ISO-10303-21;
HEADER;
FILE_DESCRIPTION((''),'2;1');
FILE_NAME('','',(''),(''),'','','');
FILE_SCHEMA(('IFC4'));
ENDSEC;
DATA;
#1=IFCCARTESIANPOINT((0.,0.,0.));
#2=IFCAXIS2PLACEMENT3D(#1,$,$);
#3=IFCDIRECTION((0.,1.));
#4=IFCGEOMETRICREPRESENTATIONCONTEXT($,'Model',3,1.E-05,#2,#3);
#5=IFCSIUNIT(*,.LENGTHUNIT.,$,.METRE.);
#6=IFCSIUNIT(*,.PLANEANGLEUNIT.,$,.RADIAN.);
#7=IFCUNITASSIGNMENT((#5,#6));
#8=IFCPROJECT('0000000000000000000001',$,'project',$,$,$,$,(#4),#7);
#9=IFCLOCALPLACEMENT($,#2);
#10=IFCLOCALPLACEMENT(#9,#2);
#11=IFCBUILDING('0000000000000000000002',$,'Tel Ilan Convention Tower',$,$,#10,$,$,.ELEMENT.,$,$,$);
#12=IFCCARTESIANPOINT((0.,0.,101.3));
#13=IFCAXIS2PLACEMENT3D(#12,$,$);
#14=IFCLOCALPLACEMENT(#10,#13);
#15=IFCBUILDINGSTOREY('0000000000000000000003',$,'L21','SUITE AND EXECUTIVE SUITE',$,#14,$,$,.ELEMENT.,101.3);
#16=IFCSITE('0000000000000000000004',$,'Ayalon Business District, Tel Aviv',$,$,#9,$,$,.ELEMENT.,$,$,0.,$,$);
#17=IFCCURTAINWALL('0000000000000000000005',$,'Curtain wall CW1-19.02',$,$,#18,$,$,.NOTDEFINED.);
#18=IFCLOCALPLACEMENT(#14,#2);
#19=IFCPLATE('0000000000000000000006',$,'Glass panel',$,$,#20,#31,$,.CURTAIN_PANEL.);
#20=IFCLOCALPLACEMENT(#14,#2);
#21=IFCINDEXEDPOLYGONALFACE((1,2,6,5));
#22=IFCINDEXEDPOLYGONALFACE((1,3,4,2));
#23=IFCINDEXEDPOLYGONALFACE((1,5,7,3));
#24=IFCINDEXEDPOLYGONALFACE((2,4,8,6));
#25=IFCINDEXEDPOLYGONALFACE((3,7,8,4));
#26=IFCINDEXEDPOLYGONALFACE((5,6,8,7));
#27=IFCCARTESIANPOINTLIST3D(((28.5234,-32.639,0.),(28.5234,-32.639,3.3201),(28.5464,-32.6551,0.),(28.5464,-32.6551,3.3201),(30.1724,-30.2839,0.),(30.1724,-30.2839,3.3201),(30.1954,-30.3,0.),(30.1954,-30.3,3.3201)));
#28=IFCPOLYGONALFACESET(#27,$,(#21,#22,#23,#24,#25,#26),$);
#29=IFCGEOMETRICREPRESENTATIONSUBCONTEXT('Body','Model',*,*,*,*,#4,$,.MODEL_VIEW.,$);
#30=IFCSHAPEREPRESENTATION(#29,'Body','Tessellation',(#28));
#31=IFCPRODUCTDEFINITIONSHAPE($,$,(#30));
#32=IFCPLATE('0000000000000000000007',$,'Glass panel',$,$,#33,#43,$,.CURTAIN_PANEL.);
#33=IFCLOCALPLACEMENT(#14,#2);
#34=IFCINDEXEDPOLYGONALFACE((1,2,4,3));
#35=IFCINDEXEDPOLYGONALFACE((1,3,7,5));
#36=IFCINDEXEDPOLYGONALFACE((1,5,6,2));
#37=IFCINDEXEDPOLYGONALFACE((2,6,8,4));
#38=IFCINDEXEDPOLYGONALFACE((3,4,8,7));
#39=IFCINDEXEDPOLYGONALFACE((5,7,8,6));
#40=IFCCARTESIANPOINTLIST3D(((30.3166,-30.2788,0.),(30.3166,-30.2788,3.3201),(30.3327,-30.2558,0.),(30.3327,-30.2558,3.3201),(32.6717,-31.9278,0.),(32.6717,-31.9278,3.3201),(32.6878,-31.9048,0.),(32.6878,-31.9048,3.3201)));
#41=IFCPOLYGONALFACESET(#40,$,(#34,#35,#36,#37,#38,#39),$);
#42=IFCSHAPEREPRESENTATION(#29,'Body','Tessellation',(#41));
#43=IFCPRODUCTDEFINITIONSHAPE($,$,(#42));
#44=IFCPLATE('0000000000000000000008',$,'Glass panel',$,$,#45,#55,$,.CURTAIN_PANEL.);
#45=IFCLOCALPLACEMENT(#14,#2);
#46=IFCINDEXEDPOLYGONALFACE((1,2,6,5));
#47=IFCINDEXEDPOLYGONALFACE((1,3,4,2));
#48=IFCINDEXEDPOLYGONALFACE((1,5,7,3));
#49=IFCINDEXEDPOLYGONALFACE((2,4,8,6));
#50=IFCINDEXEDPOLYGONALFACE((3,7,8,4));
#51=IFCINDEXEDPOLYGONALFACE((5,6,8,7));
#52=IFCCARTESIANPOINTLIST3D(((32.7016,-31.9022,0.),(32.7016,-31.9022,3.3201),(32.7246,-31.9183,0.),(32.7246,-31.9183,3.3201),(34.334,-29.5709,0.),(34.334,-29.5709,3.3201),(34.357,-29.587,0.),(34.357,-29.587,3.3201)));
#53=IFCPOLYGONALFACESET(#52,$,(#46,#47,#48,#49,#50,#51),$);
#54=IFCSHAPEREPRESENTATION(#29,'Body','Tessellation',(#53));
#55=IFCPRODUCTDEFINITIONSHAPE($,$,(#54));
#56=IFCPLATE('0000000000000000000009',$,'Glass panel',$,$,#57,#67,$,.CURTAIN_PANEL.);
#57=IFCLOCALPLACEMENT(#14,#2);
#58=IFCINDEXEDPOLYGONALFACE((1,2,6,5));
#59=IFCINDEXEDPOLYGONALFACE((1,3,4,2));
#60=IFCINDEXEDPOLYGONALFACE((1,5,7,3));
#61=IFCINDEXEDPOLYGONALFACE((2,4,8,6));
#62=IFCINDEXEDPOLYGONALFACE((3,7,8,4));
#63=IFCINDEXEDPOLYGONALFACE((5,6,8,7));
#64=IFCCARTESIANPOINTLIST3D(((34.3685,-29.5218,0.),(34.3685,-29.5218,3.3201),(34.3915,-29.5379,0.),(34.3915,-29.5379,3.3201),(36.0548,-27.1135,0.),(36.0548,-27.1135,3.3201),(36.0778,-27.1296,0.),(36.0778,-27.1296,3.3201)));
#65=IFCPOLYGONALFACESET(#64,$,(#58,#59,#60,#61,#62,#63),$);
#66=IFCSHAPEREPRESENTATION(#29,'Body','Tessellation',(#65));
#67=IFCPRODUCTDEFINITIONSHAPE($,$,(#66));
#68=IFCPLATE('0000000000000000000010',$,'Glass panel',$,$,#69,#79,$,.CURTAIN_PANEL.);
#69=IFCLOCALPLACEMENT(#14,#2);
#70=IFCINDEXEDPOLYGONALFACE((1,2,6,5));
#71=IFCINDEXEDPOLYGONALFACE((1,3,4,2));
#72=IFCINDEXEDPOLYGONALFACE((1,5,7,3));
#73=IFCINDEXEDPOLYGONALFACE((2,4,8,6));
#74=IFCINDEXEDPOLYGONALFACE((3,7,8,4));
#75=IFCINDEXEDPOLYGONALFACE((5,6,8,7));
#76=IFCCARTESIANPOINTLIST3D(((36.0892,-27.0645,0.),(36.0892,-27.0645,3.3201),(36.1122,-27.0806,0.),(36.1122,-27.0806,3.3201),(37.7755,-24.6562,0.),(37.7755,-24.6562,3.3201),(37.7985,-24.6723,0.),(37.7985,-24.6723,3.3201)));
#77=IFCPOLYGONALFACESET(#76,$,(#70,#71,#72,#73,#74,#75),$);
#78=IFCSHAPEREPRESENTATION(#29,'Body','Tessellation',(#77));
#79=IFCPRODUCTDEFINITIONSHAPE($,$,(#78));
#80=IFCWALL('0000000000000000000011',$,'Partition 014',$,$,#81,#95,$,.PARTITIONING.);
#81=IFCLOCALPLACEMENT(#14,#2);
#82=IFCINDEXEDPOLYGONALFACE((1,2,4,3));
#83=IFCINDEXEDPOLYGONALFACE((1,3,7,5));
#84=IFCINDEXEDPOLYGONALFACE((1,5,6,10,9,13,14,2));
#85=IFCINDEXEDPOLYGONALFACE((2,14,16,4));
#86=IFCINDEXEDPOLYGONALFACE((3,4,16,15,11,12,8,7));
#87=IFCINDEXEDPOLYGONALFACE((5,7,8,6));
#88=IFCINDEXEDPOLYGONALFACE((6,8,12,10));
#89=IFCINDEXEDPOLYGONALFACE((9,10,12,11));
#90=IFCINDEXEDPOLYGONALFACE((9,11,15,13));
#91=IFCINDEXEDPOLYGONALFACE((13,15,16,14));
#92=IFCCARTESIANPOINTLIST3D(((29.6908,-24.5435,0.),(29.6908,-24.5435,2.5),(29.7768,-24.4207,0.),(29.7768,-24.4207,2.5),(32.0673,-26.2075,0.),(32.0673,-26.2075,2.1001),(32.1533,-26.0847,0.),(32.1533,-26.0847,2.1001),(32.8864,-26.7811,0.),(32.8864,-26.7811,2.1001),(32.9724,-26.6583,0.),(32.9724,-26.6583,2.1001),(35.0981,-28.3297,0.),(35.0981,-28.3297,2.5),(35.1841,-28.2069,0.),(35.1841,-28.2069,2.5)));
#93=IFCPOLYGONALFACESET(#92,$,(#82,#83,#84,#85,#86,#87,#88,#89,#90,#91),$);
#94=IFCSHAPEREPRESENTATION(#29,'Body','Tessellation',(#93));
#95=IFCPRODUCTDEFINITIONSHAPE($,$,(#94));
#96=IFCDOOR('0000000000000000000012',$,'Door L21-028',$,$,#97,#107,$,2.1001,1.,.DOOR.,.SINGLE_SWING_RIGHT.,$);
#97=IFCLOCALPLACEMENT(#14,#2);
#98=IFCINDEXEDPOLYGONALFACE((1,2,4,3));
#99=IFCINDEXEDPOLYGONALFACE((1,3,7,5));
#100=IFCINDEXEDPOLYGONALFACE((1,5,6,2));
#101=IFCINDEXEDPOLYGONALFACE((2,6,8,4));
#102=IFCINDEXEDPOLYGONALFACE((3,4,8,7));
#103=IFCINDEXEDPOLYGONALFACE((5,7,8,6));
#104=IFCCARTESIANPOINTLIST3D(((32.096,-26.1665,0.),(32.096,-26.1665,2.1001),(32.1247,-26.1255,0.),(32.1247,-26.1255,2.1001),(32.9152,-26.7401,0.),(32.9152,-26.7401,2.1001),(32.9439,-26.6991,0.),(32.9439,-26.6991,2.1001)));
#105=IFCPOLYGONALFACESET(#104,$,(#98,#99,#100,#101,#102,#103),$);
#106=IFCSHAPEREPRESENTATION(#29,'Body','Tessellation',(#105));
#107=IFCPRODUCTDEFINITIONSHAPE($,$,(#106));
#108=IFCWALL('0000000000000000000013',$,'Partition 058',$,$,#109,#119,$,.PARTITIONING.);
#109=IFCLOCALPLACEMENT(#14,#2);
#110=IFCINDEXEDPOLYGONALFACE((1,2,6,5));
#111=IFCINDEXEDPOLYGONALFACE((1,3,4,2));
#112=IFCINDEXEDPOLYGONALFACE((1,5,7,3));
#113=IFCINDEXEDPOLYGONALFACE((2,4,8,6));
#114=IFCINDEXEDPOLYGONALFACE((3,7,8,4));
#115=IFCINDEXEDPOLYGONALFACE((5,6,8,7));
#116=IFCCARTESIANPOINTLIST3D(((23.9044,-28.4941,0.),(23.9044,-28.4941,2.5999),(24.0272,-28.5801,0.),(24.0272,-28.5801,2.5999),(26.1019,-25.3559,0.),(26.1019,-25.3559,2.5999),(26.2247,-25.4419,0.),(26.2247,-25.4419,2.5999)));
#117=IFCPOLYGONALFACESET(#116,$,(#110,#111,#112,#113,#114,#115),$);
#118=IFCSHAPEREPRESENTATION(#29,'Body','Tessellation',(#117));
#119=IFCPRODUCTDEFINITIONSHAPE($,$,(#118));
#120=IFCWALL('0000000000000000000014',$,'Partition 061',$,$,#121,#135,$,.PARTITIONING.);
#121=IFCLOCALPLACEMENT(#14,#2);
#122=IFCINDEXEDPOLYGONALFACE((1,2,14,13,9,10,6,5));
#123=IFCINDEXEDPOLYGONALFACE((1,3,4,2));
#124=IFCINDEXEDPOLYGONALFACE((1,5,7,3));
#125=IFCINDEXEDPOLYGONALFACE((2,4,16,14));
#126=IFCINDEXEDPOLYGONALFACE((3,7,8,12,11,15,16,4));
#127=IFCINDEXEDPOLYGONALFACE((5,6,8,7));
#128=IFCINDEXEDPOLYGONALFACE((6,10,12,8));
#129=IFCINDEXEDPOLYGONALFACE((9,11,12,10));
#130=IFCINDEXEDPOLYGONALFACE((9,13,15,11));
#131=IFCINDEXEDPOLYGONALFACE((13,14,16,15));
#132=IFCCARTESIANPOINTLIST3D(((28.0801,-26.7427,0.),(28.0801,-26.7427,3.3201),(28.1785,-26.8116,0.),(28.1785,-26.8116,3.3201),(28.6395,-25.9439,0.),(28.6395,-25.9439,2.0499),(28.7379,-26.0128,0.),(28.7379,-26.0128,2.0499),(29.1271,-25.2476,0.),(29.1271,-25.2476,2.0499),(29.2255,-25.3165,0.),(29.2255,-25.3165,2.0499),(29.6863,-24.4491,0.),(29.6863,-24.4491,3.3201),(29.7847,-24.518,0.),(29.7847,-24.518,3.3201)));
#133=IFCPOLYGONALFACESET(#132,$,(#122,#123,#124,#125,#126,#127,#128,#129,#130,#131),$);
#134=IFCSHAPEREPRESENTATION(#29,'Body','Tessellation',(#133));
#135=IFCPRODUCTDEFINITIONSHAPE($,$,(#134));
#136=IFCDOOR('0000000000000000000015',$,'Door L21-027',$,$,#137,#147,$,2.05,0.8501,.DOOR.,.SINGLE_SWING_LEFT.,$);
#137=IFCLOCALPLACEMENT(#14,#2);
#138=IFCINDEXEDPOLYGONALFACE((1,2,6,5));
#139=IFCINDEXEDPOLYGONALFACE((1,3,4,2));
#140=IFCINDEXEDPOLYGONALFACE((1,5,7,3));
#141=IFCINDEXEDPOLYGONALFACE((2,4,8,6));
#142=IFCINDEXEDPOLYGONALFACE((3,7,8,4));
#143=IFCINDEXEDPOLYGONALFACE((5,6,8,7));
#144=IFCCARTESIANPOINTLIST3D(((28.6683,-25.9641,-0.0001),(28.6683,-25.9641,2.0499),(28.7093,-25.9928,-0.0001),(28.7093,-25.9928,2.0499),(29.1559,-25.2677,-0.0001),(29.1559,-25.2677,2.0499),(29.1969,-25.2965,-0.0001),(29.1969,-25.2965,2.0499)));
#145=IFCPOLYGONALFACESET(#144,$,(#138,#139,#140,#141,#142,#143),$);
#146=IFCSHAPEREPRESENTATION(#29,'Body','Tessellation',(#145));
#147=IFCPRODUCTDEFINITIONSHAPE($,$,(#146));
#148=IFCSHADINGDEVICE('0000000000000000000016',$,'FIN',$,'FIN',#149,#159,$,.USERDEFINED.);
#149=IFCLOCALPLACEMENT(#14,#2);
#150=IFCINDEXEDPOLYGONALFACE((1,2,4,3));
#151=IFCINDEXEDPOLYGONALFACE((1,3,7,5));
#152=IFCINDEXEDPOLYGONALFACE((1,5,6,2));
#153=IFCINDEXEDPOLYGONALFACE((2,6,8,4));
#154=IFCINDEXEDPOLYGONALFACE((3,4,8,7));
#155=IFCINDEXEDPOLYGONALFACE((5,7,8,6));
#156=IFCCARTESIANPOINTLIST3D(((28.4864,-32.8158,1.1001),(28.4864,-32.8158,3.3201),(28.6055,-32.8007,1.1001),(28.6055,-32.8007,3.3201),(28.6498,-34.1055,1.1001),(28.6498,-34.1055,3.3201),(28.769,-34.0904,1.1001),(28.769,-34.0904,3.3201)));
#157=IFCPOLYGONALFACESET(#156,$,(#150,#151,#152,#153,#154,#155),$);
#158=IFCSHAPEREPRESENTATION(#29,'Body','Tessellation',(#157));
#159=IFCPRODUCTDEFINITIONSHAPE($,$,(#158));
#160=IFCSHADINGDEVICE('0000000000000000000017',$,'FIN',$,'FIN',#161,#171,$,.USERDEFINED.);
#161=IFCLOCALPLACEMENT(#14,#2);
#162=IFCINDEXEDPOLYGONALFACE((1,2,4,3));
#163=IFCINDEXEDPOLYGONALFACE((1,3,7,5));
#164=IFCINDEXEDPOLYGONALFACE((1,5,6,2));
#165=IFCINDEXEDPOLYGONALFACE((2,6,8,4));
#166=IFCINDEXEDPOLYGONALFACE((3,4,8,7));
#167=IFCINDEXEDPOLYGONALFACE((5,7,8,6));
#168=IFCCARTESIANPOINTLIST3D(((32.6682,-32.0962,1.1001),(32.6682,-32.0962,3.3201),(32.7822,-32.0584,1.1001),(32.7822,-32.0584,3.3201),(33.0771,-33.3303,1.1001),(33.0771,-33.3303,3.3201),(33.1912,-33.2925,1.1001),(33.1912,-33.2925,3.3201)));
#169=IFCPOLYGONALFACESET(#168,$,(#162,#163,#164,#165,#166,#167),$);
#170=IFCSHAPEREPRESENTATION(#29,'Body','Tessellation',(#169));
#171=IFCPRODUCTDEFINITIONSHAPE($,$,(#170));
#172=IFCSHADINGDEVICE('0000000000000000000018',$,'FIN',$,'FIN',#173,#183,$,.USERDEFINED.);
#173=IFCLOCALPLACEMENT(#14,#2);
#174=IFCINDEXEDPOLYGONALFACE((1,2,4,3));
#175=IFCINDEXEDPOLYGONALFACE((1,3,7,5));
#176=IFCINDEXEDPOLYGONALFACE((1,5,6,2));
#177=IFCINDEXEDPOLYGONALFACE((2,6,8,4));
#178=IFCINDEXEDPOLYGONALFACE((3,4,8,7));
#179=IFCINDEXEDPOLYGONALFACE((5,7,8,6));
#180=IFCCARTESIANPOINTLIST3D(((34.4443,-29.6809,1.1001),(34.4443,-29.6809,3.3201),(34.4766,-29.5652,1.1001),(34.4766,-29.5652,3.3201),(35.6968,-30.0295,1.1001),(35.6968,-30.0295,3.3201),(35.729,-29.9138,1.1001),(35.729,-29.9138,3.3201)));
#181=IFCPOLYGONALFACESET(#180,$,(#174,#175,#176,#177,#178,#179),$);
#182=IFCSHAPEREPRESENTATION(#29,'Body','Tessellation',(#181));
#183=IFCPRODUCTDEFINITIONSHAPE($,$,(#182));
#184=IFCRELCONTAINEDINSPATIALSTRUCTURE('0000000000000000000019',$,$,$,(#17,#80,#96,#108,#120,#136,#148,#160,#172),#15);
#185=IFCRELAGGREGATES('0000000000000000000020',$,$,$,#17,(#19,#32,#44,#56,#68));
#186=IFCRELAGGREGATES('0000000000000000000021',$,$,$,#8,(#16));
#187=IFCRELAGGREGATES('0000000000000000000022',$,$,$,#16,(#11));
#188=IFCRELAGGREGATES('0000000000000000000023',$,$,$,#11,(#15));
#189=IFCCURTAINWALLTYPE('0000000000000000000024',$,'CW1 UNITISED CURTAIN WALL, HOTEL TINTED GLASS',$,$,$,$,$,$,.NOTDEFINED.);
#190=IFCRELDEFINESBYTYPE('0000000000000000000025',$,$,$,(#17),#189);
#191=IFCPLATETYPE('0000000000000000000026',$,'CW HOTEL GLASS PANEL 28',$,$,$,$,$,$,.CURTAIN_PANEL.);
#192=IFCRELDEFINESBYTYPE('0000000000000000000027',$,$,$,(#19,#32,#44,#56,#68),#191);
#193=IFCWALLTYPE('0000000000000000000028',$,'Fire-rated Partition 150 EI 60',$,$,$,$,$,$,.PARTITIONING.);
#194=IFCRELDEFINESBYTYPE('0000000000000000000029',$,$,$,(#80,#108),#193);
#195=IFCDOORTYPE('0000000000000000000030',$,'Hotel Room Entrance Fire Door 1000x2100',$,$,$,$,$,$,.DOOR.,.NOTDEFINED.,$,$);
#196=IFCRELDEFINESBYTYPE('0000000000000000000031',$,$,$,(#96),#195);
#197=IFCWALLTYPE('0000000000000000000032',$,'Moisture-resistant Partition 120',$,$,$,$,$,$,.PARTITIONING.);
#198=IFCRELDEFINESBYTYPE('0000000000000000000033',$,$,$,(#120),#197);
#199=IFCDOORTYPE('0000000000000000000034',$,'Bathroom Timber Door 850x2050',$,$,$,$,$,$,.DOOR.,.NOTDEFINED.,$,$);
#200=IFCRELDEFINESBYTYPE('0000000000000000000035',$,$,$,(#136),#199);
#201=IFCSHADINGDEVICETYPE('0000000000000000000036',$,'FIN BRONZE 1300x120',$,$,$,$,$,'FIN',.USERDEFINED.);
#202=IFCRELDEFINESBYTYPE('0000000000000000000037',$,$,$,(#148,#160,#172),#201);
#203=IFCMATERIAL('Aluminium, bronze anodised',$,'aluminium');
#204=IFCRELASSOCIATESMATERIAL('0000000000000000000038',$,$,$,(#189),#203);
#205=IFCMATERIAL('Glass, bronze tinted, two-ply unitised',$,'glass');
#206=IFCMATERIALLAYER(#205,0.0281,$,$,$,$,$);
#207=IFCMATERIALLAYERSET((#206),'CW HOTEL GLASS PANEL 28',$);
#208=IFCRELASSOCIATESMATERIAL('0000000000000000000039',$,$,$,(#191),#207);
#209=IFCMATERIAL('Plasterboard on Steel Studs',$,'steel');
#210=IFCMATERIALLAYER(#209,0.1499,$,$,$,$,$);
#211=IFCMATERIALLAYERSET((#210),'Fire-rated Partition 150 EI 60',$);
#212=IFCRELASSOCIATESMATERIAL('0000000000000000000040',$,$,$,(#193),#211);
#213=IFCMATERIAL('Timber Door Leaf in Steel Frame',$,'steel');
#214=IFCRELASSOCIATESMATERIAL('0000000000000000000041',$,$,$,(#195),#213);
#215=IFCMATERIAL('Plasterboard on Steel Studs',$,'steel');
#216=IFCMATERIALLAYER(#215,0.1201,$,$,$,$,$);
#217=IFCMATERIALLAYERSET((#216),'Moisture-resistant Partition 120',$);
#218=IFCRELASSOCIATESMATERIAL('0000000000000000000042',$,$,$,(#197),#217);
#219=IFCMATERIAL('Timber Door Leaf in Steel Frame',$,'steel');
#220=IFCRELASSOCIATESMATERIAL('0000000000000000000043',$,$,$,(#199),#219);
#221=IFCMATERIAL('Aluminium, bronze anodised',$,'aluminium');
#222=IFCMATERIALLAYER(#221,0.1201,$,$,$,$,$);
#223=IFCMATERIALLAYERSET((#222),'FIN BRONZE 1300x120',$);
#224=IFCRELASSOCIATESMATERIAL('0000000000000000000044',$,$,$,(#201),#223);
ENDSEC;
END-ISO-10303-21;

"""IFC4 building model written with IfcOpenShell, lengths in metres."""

from ifc_helpers import new_model, si_unit, direction, frame, frame_2d, origin, origin_2d, place, context, subcontext, project, spatial, rectangle, extrude, material, layer, layer_set, type_object, element, fill, aggregate, save


model = new_model("IFC4")

# Units and contexts
model_context = context("Model", 3, precision=1e-05, world=origin(), true_north=direction((0.0, 1.0)))
body_context = subcontext(model_context, "Body", "Model", "MODEL_VIEW")
ifc_project = project(units=[si_unit("LENGTHUNIT", "METRE"), si_unit("PLANEANGLEUNIT", "RADIAN")], contexts=[model_context])

# Site, building, storey
site_placement = place(None, origin())
site = spatial("IfcSite", under=ifc_project, at=site_placement, Name="Ayalon Business District, Tel Aviv", CompositionType="ELEMENT", RefElevation=0.0)
building_placement = place(site_placement, origin())
building = spatial("IfcBuilding", under=site, at=building_placement, Name="Tel Ilan Convention Tower", CompositionType="ELEMENT")
storey_placement = place(building_placement, frame((0.0, 0.0, 101.3)))
storey = spatial("IfcBuildingStorey", under=building, at=storey_placement, Name="L21", Description="SUITE AND EXECUTIVE SUITE", CompositionType="ELEMENT", Elevation=101.3)

# Curtain wall, plates
ifc_material_1 = material(Name="Aluminium, bronze anodised", Category="aluminium")
curtain_wall_type = type_object("IfcCurtainWallType", Name="CW1 UNITISED CURTAIN WALL, HOTEL TINTED GLASS", PredefinedType="NOTDEFINED", material=ifc_material_1)
curtain_wall_placement = place(storey_placement, origin())
curtain_wall = element("IfcCurtainWall", 1, at=curtain_wall_placement, inside=storey, type_object=curtain_wall_type, Name="Curtain wall CW1-19.02", PredefinedType="NOTDEFINED")
ifc_material_2 = material(Name="Glass, bronze tinted, two-ply unitised", Category="glass")
ifc_layer_1 = layer(ifc_material_2, 0.0281)
ifc_layer_set_1 = layer_set([ifc_layer_1], Name="CW HOTEL GLASS PANEL 28")
plate_type = type_object("IfcPlateType", Name="CW HOTEL GLASS PANEL 28", PredefinedType="CURTAIN_PANEL", material=ifc_layer_set_1)
plate_1_placement = place(storey_placement, frame((29.3594, -31.4695, 0.0), z_axis=(0.0, 0.0, 1.0), x_axis=(0.573576, 0.819152, 0.0)))
plate_1 = element("IfcPlate", 2, at=plate_1_placement, type_object=plate_type, Name="Glass panel", PredefinedType="CURTAIN_PANEL", context=body_context, shape_type="SweptSolid", body=[
    extrude(rectangle(XDim=2.875, YDim=0.0281, at=origin_2d()), origin(), (0.0, 0.0, 1.0), 3.3201),
])
plate_2_placement = place(storey_placement, frame((31.5022, -31.0918, 0.0), z_axis=(0.0, 0.0, 1.0), x_axis=(0.819152, -0.573576, 0.0)))
plate_2 = element("IfcPlate", 3, at=plate_2_placement, type_object=plate_type, Name="Glass panel", PredefinedType="CURTAIN_PANEL", context=body_context, shape_type="SweptSolid", body=[
    extrude(rectangle(XDim=2.875, YDim=0.0281, at=origin_2d()), origin(), (0.0, 0.0, 1.0), 3.3201),
])
plate_3_placement = place(storey_placement, frame((33.5293, -30.7446, 0.0), z_axis=(0.0, 0.0, 1.0), x_axis=(0.573576, 0.819152, 0.0)))
plate_3 = element("IfcPlate", 4, at=plate_3_placement, type_object=plate_type, Name="Glass panel", PredefinedType="CURTAIN_PANEL", context=body_context, shape_type="SweptSolid", body=[
    extrude(rectangle(XDim=2.8459, YDim=0.0281, at=origin_2d()), origin(), (0.0, 0.0, 1.0), 3.3201),
])
plate_4_placement = place(storey_placement, frame((35.2231, -28.3257, 0.0), z_axis=(0.0, 0.0, 1.0), x_axis=(0.573576, 0.819152, 0.0)))
plate_4 = element("IfcPlate", 5, at=plate_4_placement, type_object=plate_type, Name="Glass panel", PredefinedType="CURTAIN_PANEL", context=body_context, shape_type="SweptSolid", body=[
    extrude(rectangle(XDim=2.9399, YDim=0.0281, at=origin_2d()), origin(), (0.0, 0.0, 1.0), 3.3201),
])
plate_5_placement = place(storey_placement, frame((36.9438, -25.8684, 0.0), z_axis=(0.0, 0.0, 1.0), x_axis=(0.573576, 0.819152, 0.0)))
plate_5 = element("IfcPlate", 6, at=plate_5_placement, type_object=plate_type, Name="Glass panel", PredefinedType="CURTAIN_PANEL", context=body_context, shape_type="SweptSolid", body=[
    extrude(rectangle(XDim=2.9399, YDim=0.0281, at=origin_2d()), origin(), (0.0, 0.0, 1.0), 3.3201),
])
aggregate(curtain_wall, [plate_1, plate_2, plate_3, plate_4, plate_5])

# Wall, opening, door
ifc_material_3 = material(Name="Plasterboard on Steel Studs", Category="steel")
ifc_layer_2 = layer(ifc_material_3, 0.1499)
ifc_layer_set_2 = layer_set([ifc_layer_2], Name="Fire-rated Partition 150 EI 60")
wall_type_1 = type_object("IfcWallType", Name="Fire-rated Partition 150 EI 60", PredefinedType="PARTITIONING", material=ifc_layer_set_2)
wall_1_placement = place(storey_placement, frame((35.1411, -28.2683, 0.0), z_axis=(0.0, 0.0, 1.0), x_axis=(-0.819155, 0.573572, 0.0)))
wall_1 = element("IfcWall", 7, at=wall_1_placement, inside=storey, type_object=wall_type_1, Name="Partition 014", PredefinedType="PARTITIONING", context=body_context, shape_type="SweptSolid", body=[
    extrude(rectangle(XDim=6.6011, YDim=0.1499, at=frame_2d((3.3005, 0.0))), origin(), (0.0, 0.0, 1.0), 2.5),
])
opening_1_placement = place(wall_1_placement, frame((2.7, 0.0, 0.0)))
opening_1 = element("IfcOpeningElement", 8, at=opening_1_placement, cuts=wall_1, PredefinedType="OPENING", context=body_context, shape_type="SweptSolid", body=[
    extrude(rectangle(XDim=1.0, YDim=2.1001, at=frame_2d((0.5, 1.05))), frame((0.0, 0.085, 0.0), z_axis=(0.0, -1.0, 0.0), x_axis=(1.0, 0.0, 0.0)), (0.0, 0.0, 1.0), 0.1699),
])
ifc_material_4 = material(Name="Timber Door Leaf in Steel Frame", Category="steel")
door_type_1 = type_object("IfcDoorType", Name="Hotel Room Entrance Fire Door 1000x2100", OperationType="NOTDEFINED", PredefinedType="DOOR", material=ifc_material_4)
door_1_placement = place(opening_1_placement, origin())
door_1 = element("IfcDoor", 9, at=door_1_placement, inside=storey, type_object=door_type_1, Name="Door L21-028", OperationType="SINGLE_SWING_RIGHT", OverallHeight=2.1001, OverallWidth=1.0, PredefinedType="DOOR", context=body_context, shape_type="SweptSolid", body=[
    extrude(rectangle(XDim=1.0, YDim=2.1001, at=frame_2d((0.5, 1.05))), frame((0.0, 0.0249, 0.0), z_axis=(0.0, -1.0, 0.0), x_axis=(1.0, 0.0, 0.0)), (0.0, 0.0, 1.0), 0.05),
])
fill(opening_1, door_1)

# Wall
wall_2_placement = place(storey_placement, frame((26.1633, -25.3989, 0.0), z_axis=(0.0, 0.0, 1.0), x_axis=(-0.573599, -0.819136, 0.0)))
element("IfcWall", 10, at=wall_2_placement, inside=storey, type_object=wall_type_1, Name="Partition 058", PredefinedType="PARTITIONING", context=body_context, shape_type="SweptSolid", body=[
    extrude(rectangle(XDim=3.8311, YDim=0.1499, at=frame_2d((1.9155, 0.0))), origin(), (0.0, 0.0, 1.0), 2.5999),
])

# Wall, opening, door
ifc_material_5 = material(Name="Plasterboard on Steel Studs", Category="steel")
ifc_layer_3 = layer(ifc_material_5, 0.1201)
ifc_layer_set_3 = layer_set([ifc_layer_3], Name="Moisture-resistant Partition 120")
wall_type_2 = type_object("IfcWallType", Name="Moisture-resistant Partition 120", PredefinedType="PARTITIONING", material=ifc_layer_set_3)
wall_3_placement = place(storey_placement, frame((28.1294, -26.7771, 0.0), z_axis=(0.0, 0.0, 1.0), x_axis=(0.573609, 0.81913, 0.0)))
wall_3 = element("IfcWall", 11, at=wall_3_placement, inside=storey, type_object=wall_type_2, Name="Partition 061", PredefinedType="PARTITIONING", context=body_context, shape_type="SweptSolid", body=[
    extrude(rectangle(XDim=2.8, YDim=0.1201, at=frame_2d((1.3999, 0.0))), origin(), (0.0, 0.0, 1.0), 3.3201),
])
opening_2_placement = place(wall_3_placement, frame((0.9751, 0.0, 0.0)))
opening_2 = element("IfcOpeningElement", 12, at=opening_2_placement, cuts=wall_3, PredefinedType="OPENING", context=body_context, shape_type="SweptSolid", body=[
    extrude(rectangle(XDim=0.8501, YDim=2.05, at=frame_2d((0.425, 1.0249))), frame((0.0, 0.0701, 0.0), z_axis=(0.0, -1.0, 0.0), x_axis=(1.0, 0.0, 0.0)), (0.0, 0.0, 1.0), 0.1401),
])
ifc_material_6 = material(Name="Timber Door Leaf in Steel Frame", Category="steel")
door_type_2 = type_object("IfcDoorType", Name="Bathroom Timber Door 850x2050", OperationType="NOTDEFINED", PredefinedType="DOOR", material=ifc_material_6)
door_2_placement = place(opening_2_placement, origin())
door_2 = element("IfcDoor", 13, at=door_2_placement, inside=storey, type_object=door_type_2, Name="Door L21-027", OperationType="SINGLE_SWING_LEFT", OverallHeight=2.05, OverallWidth=0.8501, PredefinedType="DOOR", context=body_context, shape_type="SweptSolid", body=[
    extrude(rectangle(XDim=0.8501, YDim=2.05, at=frame_2d((0.425, 1.0249))), frame((0.0, 0.0249, 0.0), z_axis=(0.0, -1.0, 0.0), x_axis=(1.0, 0.0, 0.0)), (0.0, 0.0, 1.0), 0.05),
])
fill(opening_2, door_2)

# Shading devices
ifc_material_7 = material(Name="Aluminium, bronze anodised", Category="aluminium")
ifc_layer_4 = layer(ifc_material_7, 0.1201)
ifc_layer_set_4 = layer_set([ifc_layer_4], Name="FIN BRONZE 1300x120")
shading_device_type = type_object("IfcShadingDeviceType", Name="FIN BRONZE 1300x120", ElementType="FIN", PredefinedType="USERDEFINED", material=ifc_layer_set_4)
for number, where, z_axis, x_axis, name in (
    (14, (28.6277, -33.4531, 1.1001), (0.0, 0.0, 1.0), (0.125718, -0.992066, 0.0), "FIN"),
    (15, (32.9297, -32.6943, 1.1001), (0.0, 0.0, 1.0), (0.314545, -0.949243, 0.0), "FIN"),
    (16, (35.0867, -29.7974, 1.1001), (0.0, 0.0, 1.0), (0.963371, -0.268173, 0.0), "FIN"),
):
    element("IfcShadingDevice", number, at=place(storey_placement, frame(where, z_axis=z_axis, x_axis=x_axis)), inside=storey, type_object=shading_device_type, Name=name, ObjectType="FIN", PredefinedType="USERDEFINED", context=body_context, shape_type="SweptSolid", body=[
        extrude(rectangle(XDim=1.3, YDim=0.1201, at=origin_2d()), origin(), (0.0, 0.0, 1.0), 2.22),
    ])

save(model, "model.ifc")
